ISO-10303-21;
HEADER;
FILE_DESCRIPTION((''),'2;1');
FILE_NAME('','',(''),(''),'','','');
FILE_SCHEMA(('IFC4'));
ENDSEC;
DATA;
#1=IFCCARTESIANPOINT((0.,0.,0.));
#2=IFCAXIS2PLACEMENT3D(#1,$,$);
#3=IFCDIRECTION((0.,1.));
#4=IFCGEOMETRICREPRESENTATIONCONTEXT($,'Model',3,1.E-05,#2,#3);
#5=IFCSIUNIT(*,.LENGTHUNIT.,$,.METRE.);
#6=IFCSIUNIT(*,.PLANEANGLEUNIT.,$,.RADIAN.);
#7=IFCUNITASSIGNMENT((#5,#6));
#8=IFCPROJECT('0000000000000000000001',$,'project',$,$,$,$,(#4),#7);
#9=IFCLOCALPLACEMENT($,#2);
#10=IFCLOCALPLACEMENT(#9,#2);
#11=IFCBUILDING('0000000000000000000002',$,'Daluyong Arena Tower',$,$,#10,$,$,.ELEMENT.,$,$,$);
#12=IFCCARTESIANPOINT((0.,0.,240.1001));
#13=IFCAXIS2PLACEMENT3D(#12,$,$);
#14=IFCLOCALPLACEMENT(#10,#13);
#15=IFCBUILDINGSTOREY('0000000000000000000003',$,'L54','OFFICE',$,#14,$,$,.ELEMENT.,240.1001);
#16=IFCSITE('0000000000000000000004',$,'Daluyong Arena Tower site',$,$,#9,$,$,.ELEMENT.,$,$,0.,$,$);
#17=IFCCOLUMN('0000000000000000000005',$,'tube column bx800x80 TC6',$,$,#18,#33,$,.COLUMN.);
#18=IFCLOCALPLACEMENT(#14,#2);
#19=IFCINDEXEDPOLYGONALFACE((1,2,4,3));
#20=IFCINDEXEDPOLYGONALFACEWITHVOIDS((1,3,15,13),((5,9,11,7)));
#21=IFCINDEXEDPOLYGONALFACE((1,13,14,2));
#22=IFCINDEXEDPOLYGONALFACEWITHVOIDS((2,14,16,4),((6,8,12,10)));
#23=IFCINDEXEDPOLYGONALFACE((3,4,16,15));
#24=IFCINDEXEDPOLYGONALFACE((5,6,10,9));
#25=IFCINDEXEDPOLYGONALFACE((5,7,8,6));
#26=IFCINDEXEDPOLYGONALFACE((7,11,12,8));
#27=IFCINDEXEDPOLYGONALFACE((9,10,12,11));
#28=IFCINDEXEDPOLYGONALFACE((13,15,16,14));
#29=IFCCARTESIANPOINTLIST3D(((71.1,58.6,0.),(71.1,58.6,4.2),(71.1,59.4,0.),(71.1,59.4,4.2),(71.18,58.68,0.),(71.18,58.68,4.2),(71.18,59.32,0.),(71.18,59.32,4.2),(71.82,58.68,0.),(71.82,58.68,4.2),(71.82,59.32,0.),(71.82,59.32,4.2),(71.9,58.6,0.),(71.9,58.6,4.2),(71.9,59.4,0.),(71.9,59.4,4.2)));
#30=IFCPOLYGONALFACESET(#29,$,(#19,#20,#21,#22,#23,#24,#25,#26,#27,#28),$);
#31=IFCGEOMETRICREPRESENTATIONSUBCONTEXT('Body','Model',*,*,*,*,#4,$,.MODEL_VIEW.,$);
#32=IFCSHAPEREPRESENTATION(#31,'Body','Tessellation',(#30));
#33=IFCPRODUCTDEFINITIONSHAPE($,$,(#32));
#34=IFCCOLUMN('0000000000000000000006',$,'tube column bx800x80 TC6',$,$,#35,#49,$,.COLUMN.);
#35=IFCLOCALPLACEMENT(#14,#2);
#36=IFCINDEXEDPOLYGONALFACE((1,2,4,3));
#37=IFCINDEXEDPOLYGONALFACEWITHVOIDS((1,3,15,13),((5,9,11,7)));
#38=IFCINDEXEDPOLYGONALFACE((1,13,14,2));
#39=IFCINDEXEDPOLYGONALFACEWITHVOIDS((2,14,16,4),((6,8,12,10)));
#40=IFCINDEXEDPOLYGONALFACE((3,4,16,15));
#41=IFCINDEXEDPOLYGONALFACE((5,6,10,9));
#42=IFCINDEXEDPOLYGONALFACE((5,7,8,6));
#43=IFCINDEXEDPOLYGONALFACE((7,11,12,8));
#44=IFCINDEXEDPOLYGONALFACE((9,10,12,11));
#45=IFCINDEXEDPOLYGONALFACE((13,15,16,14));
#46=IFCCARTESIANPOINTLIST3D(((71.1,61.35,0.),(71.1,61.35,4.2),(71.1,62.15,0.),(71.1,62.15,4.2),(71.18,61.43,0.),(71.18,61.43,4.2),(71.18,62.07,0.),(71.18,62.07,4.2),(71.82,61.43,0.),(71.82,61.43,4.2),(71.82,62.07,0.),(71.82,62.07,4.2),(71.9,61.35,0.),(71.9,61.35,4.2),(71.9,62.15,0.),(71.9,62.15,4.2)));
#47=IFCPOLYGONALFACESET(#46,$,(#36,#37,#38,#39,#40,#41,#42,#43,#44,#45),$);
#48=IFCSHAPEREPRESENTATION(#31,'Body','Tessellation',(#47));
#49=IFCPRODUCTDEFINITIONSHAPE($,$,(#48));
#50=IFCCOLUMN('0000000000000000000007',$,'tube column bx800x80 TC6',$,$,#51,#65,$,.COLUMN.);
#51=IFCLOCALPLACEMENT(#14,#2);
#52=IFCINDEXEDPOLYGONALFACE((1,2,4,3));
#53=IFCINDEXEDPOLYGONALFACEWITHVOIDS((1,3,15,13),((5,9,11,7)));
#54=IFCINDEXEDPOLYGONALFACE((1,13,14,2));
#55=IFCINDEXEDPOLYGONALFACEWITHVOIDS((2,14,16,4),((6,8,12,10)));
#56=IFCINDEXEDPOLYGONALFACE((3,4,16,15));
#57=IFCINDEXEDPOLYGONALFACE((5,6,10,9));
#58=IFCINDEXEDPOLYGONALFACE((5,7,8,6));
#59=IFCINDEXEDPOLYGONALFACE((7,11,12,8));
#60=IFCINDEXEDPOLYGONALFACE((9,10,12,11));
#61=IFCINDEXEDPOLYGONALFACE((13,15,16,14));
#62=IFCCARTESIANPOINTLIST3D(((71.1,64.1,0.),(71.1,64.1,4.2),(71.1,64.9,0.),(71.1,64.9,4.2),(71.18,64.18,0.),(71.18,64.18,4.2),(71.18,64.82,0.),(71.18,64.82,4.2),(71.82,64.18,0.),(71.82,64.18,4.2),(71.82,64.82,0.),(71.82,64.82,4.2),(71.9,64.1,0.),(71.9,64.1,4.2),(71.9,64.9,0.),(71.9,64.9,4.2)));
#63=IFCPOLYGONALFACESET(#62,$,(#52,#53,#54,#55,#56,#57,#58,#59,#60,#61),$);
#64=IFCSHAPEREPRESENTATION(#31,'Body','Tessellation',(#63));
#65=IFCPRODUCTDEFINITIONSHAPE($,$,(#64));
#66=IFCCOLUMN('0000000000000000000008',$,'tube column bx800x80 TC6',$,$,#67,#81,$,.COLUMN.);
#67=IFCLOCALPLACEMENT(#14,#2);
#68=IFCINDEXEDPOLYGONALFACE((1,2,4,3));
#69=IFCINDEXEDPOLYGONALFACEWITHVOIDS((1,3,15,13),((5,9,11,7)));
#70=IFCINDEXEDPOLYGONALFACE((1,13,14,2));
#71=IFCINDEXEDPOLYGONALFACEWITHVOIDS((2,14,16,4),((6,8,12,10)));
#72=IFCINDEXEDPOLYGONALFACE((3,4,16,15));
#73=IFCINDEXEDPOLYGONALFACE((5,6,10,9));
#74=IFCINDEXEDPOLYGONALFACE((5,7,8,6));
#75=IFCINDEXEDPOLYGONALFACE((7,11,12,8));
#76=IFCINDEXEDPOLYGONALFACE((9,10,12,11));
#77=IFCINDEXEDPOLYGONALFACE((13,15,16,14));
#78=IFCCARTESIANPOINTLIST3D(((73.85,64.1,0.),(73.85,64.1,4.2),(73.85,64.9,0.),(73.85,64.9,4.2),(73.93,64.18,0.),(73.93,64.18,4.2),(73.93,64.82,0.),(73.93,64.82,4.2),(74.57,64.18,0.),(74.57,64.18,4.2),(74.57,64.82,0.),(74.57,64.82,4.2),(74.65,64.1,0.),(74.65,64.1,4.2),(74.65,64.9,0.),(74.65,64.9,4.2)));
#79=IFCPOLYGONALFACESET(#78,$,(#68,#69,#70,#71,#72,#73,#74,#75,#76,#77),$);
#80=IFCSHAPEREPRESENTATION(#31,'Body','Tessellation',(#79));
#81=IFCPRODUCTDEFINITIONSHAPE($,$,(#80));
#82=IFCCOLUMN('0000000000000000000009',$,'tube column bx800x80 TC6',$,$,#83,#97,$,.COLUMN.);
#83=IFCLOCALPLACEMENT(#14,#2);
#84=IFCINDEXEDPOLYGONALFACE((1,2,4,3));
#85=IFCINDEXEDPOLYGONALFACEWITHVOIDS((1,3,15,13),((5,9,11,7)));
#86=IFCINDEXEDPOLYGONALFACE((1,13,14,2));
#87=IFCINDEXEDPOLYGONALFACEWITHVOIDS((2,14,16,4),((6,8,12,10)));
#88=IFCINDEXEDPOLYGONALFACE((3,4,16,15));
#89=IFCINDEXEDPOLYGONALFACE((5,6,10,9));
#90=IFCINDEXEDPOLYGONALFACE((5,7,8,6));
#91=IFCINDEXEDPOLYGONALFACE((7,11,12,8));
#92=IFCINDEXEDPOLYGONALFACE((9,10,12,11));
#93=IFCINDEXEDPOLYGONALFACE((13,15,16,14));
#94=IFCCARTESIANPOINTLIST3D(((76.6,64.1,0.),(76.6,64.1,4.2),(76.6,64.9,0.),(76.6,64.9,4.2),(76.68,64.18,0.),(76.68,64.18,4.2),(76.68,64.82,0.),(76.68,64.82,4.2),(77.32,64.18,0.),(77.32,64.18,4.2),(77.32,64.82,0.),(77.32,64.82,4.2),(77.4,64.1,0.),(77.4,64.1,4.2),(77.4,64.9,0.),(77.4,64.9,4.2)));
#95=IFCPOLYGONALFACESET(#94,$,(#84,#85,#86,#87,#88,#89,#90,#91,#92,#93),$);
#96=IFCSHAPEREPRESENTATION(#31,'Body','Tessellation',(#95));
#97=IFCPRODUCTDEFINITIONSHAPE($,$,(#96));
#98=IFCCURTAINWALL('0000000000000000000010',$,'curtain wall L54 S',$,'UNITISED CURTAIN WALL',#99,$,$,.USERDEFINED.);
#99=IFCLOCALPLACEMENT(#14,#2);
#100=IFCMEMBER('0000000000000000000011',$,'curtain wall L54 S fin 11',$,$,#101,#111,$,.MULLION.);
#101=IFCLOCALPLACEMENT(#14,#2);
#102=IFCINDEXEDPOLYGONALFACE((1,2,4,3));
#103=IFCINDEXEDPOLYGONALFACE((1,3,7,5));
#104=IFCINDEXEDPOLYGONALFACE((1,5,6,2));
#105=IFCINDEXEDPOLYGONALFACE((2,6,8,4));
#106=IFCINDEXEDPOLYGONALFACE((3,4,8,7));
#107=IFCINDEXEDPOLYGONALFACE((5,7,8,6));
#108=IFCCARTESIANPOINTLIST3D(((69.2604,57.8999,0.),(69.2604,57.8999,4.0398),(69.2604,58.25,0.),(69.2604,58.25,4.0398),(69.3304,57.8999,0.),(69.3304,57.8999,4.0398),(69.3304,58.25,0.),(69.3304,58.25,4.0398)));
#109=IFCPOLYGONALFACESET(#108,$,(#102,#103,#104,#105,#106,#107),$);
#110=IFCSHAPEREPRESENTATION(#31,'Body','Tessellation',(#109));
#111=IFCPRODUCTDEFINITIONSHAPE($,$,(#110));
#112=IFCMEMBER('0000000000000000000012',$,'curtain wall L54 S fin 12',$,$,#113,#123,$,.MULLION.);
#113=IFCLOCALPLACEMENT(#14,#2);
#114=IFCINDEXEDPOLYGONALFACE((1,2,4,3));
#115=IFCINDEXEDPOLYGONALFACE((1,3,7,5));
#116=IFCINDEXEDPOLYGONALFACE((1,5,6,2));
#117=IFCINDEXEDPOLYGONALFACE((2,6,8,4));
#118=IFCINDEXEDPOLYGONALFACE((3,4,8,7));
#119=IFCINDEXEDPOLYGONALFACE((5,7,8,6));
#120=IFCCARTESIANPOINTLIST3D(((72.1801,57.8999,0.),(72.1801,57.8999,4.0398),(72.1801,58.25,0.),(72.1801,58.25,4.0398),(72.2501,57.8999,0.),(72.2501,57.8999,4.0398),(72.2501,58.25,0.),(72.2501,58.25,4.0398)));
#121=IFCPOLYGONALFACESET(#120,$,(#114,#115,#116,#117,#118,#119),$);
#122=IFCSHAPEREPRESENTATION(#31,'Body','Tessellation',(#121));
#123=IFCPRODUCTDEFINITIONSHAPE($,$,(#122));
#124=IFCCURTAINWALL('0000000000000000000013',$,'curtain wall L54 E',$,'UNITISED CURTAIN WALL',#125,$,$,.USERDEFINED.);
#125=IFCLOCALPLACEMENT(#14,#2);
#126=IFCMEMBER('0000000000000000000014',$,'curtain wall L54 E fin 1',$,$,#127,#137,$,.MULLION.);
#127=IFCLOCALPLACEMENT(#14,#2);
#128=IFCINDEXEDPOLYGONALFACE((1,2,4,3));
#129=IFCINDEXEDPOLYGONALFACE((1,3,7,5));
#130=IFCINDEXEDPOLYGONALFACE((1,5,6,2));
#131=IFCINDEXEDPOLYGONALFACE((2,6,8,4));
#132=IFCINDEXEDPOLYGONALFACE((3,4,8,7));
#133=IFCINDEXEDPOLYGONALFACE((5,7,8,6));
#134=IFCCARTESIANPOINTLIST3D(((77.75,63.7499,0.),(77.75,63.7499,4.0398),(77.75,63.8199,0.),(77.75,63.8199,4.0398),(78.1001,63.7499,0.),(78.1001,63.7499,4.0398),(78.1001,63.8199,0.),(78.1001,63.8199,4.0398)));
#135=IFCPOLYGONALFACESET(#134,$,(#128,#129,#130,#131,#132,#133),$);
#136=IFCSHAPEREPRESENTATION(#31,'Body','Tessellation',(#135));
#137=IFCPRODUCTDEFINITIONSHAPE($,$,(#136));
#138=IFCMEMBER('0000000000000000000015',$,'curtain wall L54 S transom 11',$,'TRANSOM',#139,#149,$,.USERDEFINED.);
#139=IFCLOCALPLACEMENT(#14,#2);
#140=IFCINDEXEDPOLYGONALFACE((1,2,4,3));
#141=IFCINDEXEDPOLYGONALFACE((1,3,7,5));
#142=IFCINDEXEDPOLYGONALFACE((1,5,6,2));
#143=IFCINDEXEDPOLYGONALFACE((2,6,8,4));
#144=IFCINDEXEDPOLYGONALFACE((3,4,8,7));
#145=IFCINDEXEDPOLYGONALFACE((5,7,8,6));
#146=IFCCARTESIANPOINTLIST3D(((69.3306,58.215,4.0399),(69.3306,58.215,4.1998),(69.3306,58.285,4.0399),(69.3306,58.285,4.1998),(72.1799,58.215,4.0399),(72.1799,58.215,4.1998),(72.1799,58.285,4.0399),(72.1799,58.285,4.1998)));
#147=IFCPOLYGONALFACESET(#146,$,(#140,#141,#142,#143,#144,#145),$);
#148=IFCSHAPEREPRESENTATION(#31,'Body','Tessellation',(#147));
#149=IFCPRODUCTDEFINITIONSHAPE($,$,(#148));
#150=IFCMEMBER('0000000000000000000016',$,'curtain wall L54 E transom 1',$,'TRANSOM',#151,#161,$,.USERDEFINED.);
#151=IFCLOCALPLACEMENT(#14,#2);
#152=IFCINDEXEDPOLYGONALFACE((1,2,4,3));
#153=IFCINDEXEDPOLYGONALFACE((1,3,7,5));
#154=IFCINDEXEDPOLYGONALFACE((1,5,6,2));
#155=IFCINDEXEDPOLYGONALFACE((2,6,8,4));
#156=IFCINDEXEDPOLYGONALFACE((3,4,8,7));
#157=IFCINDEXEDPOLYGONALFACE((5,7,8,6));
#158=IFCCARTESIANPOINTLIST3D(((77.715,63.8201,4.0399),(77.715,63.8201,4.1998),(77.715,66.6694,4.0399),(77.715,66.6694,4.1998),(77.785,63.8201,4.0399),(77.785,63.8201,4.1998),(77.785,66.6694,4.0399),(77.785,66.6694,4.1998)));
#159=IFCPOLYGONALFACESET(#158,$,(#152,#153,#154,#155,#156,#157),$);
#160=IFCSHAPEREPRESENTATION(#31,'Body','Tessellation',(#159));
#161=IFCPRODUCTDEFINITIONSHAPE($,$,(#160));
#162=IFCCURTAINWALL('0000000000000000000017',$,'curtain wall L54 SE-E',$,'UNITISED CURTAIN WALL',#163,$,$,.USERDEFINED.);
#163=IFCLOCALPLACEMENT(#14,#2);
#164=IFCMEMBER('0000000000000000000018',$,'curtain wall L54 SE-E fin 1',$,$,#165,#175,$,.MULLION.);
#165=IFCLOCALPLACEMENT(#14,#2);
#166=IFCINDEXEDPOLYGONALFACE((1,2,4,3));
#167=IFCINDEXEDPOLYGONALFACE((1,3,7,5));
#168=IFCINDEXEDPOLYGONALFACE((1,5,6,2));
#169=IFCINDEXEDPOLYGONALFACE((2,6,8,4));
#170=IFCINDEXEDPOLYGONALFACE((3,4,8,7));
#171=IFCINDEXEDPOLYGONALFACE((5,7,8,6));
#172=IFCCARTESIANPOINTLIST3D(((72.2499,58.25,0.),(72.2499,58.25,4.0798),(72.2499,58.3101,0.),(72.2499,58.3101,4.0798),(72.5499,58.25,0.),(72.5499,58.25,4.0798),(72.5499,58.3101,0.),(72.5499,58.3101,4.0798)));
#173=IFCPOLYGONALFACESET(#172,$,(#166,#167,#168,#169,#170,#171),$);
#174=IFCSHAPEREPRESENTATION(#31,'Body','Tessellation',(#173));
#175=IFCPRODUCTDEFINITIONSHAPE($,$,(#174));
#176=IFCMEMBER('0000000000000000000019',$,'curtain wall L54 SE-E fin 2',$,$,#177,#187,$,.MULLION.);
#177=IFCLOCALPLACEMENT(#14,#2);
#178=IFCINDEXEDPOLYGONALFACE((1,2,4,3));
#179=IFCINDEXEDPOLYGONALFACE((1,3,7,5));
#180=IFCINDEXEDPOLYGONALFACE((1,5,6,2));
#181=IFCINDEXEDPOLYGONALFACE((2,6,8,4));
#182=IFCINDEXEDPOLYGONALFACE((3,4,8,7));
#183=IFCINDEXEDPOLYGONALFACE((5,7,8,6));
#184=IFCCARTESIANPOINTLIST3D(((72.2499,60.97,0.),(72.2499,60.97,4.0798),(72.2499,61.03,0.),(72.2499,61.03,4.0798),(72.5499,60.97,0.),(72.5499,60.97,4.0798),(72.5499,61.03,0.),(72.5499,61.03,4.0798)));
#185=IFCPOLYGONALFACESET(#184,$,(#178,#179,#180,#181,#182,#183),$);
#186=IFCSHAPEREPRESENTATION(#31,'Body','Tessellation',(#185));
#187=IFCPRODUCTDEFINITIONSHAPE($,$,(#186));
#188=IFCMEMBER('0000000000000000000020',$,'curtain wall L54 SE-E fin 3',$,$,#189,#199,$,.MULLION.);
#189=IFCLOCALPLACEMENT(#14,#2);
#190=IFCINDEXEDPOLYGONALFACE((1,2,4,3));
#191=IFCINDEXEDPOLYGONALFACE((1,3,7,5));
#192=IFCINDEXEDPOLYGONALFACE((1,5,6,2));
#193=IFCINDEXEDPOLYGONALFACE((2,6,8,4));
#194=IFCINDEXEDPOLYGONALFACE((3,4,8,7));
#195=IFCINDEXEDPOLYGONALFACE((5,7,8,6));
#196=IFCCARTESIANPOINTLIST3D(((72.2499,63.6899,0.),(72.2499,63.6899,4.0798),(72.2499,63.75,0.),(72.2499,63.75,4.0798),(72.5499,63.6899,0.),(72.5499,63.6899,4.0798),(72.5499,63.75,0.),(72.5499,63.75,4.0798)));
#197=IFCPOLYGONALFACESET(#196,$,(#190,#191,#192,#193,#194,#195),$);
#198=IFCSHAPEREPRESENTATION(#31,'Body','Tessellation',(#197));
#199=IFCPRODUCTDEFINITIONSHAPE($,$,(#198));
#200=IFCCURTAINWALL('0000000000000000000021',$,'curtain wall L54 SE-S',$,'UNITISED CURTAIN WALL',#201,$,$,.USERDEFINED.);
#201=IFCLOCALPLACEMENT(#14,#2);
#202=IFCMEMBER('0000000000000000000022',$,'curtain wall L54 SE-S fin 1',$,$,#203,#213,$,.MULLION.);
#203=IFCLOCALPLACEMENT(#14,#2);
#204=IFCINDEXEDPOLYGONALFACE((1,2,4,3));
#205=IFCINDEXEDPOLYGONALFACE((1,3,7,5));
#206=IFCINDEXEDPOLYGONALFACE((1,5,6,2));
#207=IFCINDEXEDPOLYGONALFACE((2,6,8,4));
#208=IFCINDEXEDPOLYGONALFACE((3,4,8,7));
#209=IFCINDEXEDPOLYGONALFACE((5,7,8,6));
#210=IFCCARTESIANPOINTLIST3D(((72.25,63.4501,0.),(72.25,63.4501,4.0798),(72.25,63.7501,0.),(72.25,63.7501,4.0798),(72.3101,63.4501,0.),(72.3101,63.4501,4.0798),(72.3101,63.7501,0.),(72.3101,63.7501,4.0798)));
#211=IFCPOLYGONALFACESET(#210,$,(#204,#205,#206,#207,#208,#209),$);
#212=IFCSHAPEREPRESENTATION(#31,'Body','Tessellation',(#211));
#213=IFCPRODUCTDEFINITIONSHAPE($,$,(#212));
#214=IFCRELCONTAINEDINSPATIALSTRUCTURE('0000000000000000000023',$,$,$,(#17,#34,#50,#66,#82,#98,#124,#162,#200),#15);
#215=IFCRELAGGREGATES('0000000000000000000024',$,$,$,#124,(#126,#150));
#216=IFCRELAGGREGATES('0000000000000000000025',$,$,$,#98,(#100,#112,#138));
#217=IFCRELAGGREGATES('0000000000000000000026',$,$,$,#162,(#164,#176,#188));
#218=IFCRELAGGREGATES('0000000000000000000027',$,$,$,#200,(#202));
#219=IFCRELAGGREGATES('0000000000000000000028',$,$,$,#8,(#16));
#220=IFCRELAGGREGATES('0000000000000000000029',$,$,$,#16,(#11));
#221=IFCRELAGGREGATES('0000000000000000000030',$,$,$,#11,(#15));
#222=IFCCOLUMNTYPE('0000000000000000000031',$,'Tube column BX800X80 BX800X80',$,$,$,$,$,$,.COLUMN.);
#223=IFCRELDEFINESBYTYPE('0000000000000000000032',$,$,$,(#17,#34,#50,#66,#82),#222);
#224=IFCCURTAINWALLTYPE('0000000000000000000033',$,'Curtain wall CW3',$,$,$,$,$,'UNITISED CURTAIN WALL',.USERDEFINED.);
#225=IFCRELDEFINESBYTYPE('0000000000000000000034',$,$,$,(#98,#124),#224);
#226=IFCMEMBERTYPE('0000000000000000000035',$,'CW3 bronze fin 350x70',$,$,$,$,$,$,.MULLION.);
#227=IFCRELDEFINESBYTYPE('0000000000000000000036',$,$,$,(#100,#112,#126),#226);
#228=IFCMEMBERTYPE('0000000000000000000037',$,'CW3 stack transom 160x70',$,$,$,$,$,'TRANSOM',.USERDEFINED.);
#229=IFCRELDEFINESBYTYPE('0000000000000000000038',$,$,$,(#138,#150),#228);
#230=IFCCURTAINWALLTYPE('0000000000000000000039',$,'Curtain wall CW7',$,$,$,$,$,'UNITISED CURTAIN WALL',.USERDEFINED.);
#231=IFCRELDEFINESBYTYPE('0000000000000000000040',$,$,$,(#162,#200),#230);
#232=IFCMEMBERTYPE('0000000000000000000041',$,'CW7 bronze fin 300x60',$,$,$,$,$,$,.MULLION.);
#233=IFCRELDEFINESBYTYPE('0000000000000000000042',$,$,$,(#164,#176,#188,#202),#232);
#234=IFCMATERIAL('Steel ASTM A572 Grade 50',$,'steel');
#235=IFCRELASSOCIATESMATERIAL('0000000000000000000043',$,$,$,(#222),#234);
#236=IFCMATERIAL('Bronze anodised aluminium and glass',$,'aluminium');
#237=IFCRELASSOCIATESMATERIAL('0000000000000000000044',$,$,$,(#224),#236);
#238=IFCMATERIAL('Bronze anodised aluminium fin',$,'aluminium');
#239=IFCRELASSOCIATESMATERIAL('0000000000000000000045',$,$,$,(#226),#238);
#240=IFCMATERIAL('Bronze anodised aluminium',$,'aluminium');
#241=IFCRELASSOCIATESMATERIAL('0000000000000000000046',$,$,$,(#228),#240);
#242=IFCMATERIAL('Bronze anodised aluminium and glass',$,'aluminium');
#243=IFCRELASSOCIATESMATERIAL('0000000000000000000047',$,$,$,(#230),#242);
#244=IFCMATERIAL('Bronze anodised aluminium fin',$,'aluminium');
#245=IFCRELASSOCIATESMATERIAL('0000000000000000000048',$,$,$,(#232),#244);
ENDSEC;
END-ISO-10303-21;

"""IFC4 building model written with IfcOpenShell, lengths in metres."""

from ifc_helpers import new_model, si_unit, direction, frame, origin, origin_2d, place, context, subcontext, project, spatial, rectangle, hollow_rectangle, extrude, material, material_profile, profile_set, type_object, element, aggregate, save


model = new_model("IFC4")

# Units and contexts
model_context = context("Model", 3, precision=1e-05, world=origin(), true_north=direction((0.0, 1.0)))
body_context = subcontext(model_context, "Body", "Model", "MODEL_VIEW")
ifc_project = project(units=[si_unit("LENGTHUNIT", "METRE"), si_unit("PLANEANGLEUNIT", "RADIAN")], contexts=[model_context])

# Site, building, storey
site_placement = place(None, origin())
site = spatial("IfcSite", under=ifc_project, at=site_placement, Name="Daluyong Arena Tower site", CompositionType="ELEMENT", RefElevation=0.0)
building_placement = place(site_placement, origin())
building = spatial("IfcBuilding", under=site, at=building_placement, Name="Daluyong Arena Tower", CompositionType="ELEMENT")
storey_placement = place(building_placement, frame((0.0, 0.0, 240.1001)))
storey = spatial("IfcBuildingStorey", under=building, at=storey_placement, Name="L54", Description="OFFICE", CompositionType="ELEMENT", Elevation=240.1001)

# Columns
ifc_material_1 = material(Name="Steel ASTM A572 Grade 50", Category="steel")
ifc_material_profile_1 = material_profile(ifc_material_1, hollow_rectangle(XDim=0.8, YDim=0.8, WallThickness=0.08, at=origin_2d()))
ifc_profile_set_1 = profile_set([ifc_material_profile_1], Name="Steel ASTM A572 Grade 50")
column_type = type_object("IfcColumnType", Name="Tube column BX800X80 BX800X80", PredefinedType="COLUMN", material=ifc_profile_set_1)
for number, where, z_axis, x_axis, name in (
    (1, (71.5, 59.0, 0.0), (0.0, 0.0, 1.0), (0.0, 1.0, 0.0), "tube column bx800x80 TC6"),
    (2, (71.5, 61.75, 0.0), (0.0, 0.0, 1.0), (0.0, 1.0, 0.0), "tube column bx800x80 TC6"),
    (3, (71.5, 64.5, 0.0), (0.0, 0.0, 1.0), (1.0, 0.0, 0.0), "tube column bx800x80 TC6"),
    (4, (74.25, 64.5, 0.0), (0.0, 0.0, 1.0), (1.0, 0.0, 0.0), "tube column bx800x80 TC6"),
    (5, (77.0, 64.5, 0.0), (0.0, 0.0, 1.0), (0.0, 1.0, 0.0), "tube column bx800x80 TC6"),
):
    element("IfcColumn", number, at=place(storey_placement, frame(where, z_axis=z_axis, x_axis=x_axis)), inside=storey, type_object=column_type, Name=name, PredefinedType="COLUMN", context=body_context, shape_type="SweptSolid", body=[
        extrude(hollow_rectangle(XDim=0.8, YDim=0.8, WallThickness=0.08, at=origin_2d()), origin(), (0.0, 0.0, 1.0), 4.2),
    ])

# Curtain wall, members
ifc_material_2 = material(Name="Bronze anodised aluminium and glass", Category="aluminium")
curtain_wall_type_1 = type_object("IfcCurtainWallType", Name="Curtain wall CW3", ElementType="UNITISED CURTAIN WALL", PredefinedType="USERDEFINED", material=ifc_material_2)
curtain_wall_1_placement = place(storey_placement, origin())
curtain_wall_1 = element("IfcCurtainWall", 6, at=curtain_wall_1_placement, inside=storey, type_object=curtain_wall_type_1, Name="curtain wall L54 S", ObjectType="UNITISED CURTAIN WALL", PredefinedType="USERDEFINED")
ifc_material_3 = material(Name="Bronze anodised aluminium fin", Category="aluminium")
ifc_material_profile_2 = material_profile(ifc_material_3, rectangle(XDim=0.3501, YDim=0.0701, at=origin_2d()))
ifc_profile_set_2 = profile_set([ifc_material_profile_2], Name="Bronze anodised aluminium fin")
member_type_1 = type_object("IfcMemberType", Name="CW3 bronze fin 350x70", PredefinedType="MULLION", material=ifc_profile_set_2)
member_1_placement = place(storey_placement, frame((69.2954, 58.075, 0.0), z_axis=(0.0, 0.0, 1.0), x_axis=(0.0, 1.0, 0.0)))
member_1 = element("IfcMember", 7, at=member_1_placement, type_object=member_type_1, Name="curtain wall L54 S fin 11", PredefinedType="MULLION", context=body_context, shape_type="SweptSolid", body=[
    extrude(rectangle(XDim=0.3501, YDim=0.0701, at=origin_2d()), origin(), (0.0, 0.0, 1.0), 4.0398),
])
member_2_placement = place(storey_placement, frame((72.2151, 58.075, 0.0), z_axis=(0.0, 0.0, 1.0), x_axis=(0.0, 1.0, 0.0)))
member_2 = element("IfcMember", 8, at=member_2_placement, type_object=member_type_1, Name="curtain wall L54 S fin 12", PredefinedType="MULLION", context=body_context, shape_type="SweptSolid", body=[
    extrude(rectangle(XDim=0.3501, YDim=0.0701, at=origin_2d()), origin(), (0.0, 0.0, 1.0), 4.0398),
])

# Curtain wall, member
curtain_wall_2_placement = place(storey_placement, origin())
curtain_wall_2 = element("IfcCurtainWall", 9, at=curtain_wall_2_placement, inside=storey, type_object=curtain_wall_type_1, Name="curtain wall L54 E", ObjectType="UNITISED CURTAIN WALL", PredefinedType="USERDEFINED")
member_3_placement = place(storey_placement, frame((77.925, 63.7849, 0.0), z_axis=(0.0, 0.0, 1.0), x_axis=(-1.0, 0.0, 0.0)))
member_3 = element("IfcMember", 10, at=member_3_placement, type_object=member_type_1, Name="curtain wall L54 E fin 1", PredefinedType="MULLION", context=body_context, shape_type="SweptSolid", body=[
    extrude(rectangle(XDim=0.3501, YDim=0.0701, at=origin_2d()), origin(), (0.0, 0.0, 1.0), 4.0398),
])

# Members
ifc_material_4 = material(Name="Bronze anodised aluminium", Category="aluminium")
ifc_material_profile_3 = material_profile(ifc_material_4, rectangle(XDim=0.0701, YDim=0.1599, at=origin_2d()))
ifc_profile_set_3 = profile_set([ifc_material_profile_3], Name="Bronze anodised aluminium")
member_type_2 = type_object("IfcMemberType", Name="CW3 stack transom 160x70", ElementType="TRANSOM", PredefinedType="USERDEFINED", material=ifc_profile_set_3)
member_4_placement = place(storey_placement, frame((69.3306, 58.25, 4.1199), z_axis=(1.0, 0.0, 0.0), x_axis=(0.0, 1.0, 0.0)))
member_4 = element("IfcMember", 11, at=member_4_placement, type_object=member_type_2, Name="curtain wall L54 S transom 11", ObjectType="TRANSOM", PredefinedType="USERDEFINED", context=body_context, shape_type="SweptSolid", body=[
    extrude(rectangle(XDim=0.0701, YDim=0.1599, at=origin_2d()), origin(), (0.0, 0.0, 1.0), 2.8494),
])
member_5_placement = place(storey_placement, frame((77.75, 63.8201, 4.1199), z_axis=(0.0, 1.0, 0.0), x_axis=(-1.0, 0.0, 0.0)))
member_5 = element("IfcMember", 12, at=member_5_placement, type_object=member_type_2, Name="curtain wall L54 E transom 1", ObjectType="TRANSOM", PredefinedType="USERDEFINED", context=body_context, shape_type="SweptSolid", body=[
    extrude(rectangle(XDim=0.0701, YDim=0.1599, at=origin_2d()), origin(), (0.0, 0.0, 1.0), 2.8494),
])
aggregate(curtain_wall_2, [member_3, member_5])

# Curtain walls, members
ifc_material_5 = material(Name="Bronze anodised aluminium and glass", Category="aluminium")
curtain_wall_type_2 = type_object("IfcCurtainWallType", Name="Curtain wall CW7", ElementType="UNITISED CURTAIN WALL", PredefinedType="USERDEFINED", material=ifc_material_5)
curtain_wall_3_placement = place(storey_placement, origin())
curtain_wall_3 = element("IfcCurtainWall", 13, at=curtain_wall_3_placement, inside=storey, type_object=curtain_wall_type_2, Name="curtain wall L54 SE-E", ObjectType="UNITISED CURTAIN WALL", PredefinedType="USERDEFINED")
ifc_material_6 = material(Name="Bronze anodised aluminium fin", Category="aluminium")
ifc_material_profile_4 = material_profile(ifc_material_6, rectangle(XDim=0.3, YDim=0.0601, at=origin_2d()))
ifc_profile_set_4 = profile_set([ifc_material_profile_4], Name="Bronze anodised aluminium fin")
member_type_3 = type_object("IfcMemberType", Name="CW7 bronze fin 300x60", PredefinedType="MULLION", material=ifc_profile_set_4)
member_6_placement = place(storey_placement, frame((72.3999, 58.28, 0.0), z_axis=(0.0, 0.0, 1.0), x_axis=(-1.0, 0.0, 0.0)))
member_6 = element("IfcMember", 14, at=member_6_placement, type_object=member_type_3, Name="curtain wall L54 SE-E fin 1", PredefinedType="MULLION", context=body_context, shape_type="SweptSolid", body=[
    extrude(rectangle(XDim=0.3, YDim=0.0601, at=origin_2d()), origin(), (0.0, 0.0, 1.0), 4.0798),
])
member_7_placement = place(storey_placement, frame((72.3999, 61.0, 0.0), z_axis=(0.0, 0.0, 1.0), x_axis=(-1.0, 0.0, 0.0)))
member_7 = element("IfcMember", 15, at=member_7_placement, type_object=member_type_3, Name="curtain wall L54 SE-E fin 2", PredefinedType="MULLION", context=body_context, shape_type="SweptSolid", body=[
    extrude(rectangle(XDim=0.3, YDim=0.0601, at=origin_2d()), origin(), (0.0, 0.0, 1.0), 4.0798),
])
member_8_placement = place(storey_placement, frame((72.3999, 63.72, 0.0), z_axis=(0.0, 0.0, 1.0), x_axis=(-1.0, 0.0, 0.0)))
member_8 = element("IfcMember", 16, at=member_8_placement, type_object=member_type_3, Name="curtain wall L54 SE-E fin 3", PredefinedType="MULLION", context=body_context, shape_type="SweptSolid", body=[
    extrude(rectangle(XDim=0.3, YDim=0.0601, at=origin_2d()), origin(), (0.0, 0.0, 1.0), 4.0798),
])
curtain_wall_4_placement = place(storey_placement, origin())
curtain_wall_4 = element("IfcCurtainWall", 17, at=curtain_wall_4_placement, inside=storey, type_object=curtain_wall_type_2, Name="curtain wall L54 SE-S", ObjectType="UNITISED CURTAIN WALL", PredefinedType="USERDEFINED")
member_9_placement = place(storey_placement, frame((72.28, 63.6001, 0.0), z_axis=(0.0, 0.0, 1.0), x_axis=(0.0, 1.0, 0.0)))
member_9 = element("IfcMember", 18, at=member_9_placement, type_object=member_type_3, Name="curtain wall L54 SE-S fin 1", PredefinedType="MULLION", context=body_context, shape_type="SweptSolid", body=[
    extrude(rectangle(XDim=0.3, YDim=0.0601, at=origin_2d()), origin(), (0.0, 0.0, 1.0), 4.0798),
])

aggregate(curtain_wall_1, [member_1, member_2, member_4])
aggregate(curtain_wall_3, [member_6, member_7, member_8])
aggregate(curtain_wall_4, [member_9])

save(model, "model.ifc")
